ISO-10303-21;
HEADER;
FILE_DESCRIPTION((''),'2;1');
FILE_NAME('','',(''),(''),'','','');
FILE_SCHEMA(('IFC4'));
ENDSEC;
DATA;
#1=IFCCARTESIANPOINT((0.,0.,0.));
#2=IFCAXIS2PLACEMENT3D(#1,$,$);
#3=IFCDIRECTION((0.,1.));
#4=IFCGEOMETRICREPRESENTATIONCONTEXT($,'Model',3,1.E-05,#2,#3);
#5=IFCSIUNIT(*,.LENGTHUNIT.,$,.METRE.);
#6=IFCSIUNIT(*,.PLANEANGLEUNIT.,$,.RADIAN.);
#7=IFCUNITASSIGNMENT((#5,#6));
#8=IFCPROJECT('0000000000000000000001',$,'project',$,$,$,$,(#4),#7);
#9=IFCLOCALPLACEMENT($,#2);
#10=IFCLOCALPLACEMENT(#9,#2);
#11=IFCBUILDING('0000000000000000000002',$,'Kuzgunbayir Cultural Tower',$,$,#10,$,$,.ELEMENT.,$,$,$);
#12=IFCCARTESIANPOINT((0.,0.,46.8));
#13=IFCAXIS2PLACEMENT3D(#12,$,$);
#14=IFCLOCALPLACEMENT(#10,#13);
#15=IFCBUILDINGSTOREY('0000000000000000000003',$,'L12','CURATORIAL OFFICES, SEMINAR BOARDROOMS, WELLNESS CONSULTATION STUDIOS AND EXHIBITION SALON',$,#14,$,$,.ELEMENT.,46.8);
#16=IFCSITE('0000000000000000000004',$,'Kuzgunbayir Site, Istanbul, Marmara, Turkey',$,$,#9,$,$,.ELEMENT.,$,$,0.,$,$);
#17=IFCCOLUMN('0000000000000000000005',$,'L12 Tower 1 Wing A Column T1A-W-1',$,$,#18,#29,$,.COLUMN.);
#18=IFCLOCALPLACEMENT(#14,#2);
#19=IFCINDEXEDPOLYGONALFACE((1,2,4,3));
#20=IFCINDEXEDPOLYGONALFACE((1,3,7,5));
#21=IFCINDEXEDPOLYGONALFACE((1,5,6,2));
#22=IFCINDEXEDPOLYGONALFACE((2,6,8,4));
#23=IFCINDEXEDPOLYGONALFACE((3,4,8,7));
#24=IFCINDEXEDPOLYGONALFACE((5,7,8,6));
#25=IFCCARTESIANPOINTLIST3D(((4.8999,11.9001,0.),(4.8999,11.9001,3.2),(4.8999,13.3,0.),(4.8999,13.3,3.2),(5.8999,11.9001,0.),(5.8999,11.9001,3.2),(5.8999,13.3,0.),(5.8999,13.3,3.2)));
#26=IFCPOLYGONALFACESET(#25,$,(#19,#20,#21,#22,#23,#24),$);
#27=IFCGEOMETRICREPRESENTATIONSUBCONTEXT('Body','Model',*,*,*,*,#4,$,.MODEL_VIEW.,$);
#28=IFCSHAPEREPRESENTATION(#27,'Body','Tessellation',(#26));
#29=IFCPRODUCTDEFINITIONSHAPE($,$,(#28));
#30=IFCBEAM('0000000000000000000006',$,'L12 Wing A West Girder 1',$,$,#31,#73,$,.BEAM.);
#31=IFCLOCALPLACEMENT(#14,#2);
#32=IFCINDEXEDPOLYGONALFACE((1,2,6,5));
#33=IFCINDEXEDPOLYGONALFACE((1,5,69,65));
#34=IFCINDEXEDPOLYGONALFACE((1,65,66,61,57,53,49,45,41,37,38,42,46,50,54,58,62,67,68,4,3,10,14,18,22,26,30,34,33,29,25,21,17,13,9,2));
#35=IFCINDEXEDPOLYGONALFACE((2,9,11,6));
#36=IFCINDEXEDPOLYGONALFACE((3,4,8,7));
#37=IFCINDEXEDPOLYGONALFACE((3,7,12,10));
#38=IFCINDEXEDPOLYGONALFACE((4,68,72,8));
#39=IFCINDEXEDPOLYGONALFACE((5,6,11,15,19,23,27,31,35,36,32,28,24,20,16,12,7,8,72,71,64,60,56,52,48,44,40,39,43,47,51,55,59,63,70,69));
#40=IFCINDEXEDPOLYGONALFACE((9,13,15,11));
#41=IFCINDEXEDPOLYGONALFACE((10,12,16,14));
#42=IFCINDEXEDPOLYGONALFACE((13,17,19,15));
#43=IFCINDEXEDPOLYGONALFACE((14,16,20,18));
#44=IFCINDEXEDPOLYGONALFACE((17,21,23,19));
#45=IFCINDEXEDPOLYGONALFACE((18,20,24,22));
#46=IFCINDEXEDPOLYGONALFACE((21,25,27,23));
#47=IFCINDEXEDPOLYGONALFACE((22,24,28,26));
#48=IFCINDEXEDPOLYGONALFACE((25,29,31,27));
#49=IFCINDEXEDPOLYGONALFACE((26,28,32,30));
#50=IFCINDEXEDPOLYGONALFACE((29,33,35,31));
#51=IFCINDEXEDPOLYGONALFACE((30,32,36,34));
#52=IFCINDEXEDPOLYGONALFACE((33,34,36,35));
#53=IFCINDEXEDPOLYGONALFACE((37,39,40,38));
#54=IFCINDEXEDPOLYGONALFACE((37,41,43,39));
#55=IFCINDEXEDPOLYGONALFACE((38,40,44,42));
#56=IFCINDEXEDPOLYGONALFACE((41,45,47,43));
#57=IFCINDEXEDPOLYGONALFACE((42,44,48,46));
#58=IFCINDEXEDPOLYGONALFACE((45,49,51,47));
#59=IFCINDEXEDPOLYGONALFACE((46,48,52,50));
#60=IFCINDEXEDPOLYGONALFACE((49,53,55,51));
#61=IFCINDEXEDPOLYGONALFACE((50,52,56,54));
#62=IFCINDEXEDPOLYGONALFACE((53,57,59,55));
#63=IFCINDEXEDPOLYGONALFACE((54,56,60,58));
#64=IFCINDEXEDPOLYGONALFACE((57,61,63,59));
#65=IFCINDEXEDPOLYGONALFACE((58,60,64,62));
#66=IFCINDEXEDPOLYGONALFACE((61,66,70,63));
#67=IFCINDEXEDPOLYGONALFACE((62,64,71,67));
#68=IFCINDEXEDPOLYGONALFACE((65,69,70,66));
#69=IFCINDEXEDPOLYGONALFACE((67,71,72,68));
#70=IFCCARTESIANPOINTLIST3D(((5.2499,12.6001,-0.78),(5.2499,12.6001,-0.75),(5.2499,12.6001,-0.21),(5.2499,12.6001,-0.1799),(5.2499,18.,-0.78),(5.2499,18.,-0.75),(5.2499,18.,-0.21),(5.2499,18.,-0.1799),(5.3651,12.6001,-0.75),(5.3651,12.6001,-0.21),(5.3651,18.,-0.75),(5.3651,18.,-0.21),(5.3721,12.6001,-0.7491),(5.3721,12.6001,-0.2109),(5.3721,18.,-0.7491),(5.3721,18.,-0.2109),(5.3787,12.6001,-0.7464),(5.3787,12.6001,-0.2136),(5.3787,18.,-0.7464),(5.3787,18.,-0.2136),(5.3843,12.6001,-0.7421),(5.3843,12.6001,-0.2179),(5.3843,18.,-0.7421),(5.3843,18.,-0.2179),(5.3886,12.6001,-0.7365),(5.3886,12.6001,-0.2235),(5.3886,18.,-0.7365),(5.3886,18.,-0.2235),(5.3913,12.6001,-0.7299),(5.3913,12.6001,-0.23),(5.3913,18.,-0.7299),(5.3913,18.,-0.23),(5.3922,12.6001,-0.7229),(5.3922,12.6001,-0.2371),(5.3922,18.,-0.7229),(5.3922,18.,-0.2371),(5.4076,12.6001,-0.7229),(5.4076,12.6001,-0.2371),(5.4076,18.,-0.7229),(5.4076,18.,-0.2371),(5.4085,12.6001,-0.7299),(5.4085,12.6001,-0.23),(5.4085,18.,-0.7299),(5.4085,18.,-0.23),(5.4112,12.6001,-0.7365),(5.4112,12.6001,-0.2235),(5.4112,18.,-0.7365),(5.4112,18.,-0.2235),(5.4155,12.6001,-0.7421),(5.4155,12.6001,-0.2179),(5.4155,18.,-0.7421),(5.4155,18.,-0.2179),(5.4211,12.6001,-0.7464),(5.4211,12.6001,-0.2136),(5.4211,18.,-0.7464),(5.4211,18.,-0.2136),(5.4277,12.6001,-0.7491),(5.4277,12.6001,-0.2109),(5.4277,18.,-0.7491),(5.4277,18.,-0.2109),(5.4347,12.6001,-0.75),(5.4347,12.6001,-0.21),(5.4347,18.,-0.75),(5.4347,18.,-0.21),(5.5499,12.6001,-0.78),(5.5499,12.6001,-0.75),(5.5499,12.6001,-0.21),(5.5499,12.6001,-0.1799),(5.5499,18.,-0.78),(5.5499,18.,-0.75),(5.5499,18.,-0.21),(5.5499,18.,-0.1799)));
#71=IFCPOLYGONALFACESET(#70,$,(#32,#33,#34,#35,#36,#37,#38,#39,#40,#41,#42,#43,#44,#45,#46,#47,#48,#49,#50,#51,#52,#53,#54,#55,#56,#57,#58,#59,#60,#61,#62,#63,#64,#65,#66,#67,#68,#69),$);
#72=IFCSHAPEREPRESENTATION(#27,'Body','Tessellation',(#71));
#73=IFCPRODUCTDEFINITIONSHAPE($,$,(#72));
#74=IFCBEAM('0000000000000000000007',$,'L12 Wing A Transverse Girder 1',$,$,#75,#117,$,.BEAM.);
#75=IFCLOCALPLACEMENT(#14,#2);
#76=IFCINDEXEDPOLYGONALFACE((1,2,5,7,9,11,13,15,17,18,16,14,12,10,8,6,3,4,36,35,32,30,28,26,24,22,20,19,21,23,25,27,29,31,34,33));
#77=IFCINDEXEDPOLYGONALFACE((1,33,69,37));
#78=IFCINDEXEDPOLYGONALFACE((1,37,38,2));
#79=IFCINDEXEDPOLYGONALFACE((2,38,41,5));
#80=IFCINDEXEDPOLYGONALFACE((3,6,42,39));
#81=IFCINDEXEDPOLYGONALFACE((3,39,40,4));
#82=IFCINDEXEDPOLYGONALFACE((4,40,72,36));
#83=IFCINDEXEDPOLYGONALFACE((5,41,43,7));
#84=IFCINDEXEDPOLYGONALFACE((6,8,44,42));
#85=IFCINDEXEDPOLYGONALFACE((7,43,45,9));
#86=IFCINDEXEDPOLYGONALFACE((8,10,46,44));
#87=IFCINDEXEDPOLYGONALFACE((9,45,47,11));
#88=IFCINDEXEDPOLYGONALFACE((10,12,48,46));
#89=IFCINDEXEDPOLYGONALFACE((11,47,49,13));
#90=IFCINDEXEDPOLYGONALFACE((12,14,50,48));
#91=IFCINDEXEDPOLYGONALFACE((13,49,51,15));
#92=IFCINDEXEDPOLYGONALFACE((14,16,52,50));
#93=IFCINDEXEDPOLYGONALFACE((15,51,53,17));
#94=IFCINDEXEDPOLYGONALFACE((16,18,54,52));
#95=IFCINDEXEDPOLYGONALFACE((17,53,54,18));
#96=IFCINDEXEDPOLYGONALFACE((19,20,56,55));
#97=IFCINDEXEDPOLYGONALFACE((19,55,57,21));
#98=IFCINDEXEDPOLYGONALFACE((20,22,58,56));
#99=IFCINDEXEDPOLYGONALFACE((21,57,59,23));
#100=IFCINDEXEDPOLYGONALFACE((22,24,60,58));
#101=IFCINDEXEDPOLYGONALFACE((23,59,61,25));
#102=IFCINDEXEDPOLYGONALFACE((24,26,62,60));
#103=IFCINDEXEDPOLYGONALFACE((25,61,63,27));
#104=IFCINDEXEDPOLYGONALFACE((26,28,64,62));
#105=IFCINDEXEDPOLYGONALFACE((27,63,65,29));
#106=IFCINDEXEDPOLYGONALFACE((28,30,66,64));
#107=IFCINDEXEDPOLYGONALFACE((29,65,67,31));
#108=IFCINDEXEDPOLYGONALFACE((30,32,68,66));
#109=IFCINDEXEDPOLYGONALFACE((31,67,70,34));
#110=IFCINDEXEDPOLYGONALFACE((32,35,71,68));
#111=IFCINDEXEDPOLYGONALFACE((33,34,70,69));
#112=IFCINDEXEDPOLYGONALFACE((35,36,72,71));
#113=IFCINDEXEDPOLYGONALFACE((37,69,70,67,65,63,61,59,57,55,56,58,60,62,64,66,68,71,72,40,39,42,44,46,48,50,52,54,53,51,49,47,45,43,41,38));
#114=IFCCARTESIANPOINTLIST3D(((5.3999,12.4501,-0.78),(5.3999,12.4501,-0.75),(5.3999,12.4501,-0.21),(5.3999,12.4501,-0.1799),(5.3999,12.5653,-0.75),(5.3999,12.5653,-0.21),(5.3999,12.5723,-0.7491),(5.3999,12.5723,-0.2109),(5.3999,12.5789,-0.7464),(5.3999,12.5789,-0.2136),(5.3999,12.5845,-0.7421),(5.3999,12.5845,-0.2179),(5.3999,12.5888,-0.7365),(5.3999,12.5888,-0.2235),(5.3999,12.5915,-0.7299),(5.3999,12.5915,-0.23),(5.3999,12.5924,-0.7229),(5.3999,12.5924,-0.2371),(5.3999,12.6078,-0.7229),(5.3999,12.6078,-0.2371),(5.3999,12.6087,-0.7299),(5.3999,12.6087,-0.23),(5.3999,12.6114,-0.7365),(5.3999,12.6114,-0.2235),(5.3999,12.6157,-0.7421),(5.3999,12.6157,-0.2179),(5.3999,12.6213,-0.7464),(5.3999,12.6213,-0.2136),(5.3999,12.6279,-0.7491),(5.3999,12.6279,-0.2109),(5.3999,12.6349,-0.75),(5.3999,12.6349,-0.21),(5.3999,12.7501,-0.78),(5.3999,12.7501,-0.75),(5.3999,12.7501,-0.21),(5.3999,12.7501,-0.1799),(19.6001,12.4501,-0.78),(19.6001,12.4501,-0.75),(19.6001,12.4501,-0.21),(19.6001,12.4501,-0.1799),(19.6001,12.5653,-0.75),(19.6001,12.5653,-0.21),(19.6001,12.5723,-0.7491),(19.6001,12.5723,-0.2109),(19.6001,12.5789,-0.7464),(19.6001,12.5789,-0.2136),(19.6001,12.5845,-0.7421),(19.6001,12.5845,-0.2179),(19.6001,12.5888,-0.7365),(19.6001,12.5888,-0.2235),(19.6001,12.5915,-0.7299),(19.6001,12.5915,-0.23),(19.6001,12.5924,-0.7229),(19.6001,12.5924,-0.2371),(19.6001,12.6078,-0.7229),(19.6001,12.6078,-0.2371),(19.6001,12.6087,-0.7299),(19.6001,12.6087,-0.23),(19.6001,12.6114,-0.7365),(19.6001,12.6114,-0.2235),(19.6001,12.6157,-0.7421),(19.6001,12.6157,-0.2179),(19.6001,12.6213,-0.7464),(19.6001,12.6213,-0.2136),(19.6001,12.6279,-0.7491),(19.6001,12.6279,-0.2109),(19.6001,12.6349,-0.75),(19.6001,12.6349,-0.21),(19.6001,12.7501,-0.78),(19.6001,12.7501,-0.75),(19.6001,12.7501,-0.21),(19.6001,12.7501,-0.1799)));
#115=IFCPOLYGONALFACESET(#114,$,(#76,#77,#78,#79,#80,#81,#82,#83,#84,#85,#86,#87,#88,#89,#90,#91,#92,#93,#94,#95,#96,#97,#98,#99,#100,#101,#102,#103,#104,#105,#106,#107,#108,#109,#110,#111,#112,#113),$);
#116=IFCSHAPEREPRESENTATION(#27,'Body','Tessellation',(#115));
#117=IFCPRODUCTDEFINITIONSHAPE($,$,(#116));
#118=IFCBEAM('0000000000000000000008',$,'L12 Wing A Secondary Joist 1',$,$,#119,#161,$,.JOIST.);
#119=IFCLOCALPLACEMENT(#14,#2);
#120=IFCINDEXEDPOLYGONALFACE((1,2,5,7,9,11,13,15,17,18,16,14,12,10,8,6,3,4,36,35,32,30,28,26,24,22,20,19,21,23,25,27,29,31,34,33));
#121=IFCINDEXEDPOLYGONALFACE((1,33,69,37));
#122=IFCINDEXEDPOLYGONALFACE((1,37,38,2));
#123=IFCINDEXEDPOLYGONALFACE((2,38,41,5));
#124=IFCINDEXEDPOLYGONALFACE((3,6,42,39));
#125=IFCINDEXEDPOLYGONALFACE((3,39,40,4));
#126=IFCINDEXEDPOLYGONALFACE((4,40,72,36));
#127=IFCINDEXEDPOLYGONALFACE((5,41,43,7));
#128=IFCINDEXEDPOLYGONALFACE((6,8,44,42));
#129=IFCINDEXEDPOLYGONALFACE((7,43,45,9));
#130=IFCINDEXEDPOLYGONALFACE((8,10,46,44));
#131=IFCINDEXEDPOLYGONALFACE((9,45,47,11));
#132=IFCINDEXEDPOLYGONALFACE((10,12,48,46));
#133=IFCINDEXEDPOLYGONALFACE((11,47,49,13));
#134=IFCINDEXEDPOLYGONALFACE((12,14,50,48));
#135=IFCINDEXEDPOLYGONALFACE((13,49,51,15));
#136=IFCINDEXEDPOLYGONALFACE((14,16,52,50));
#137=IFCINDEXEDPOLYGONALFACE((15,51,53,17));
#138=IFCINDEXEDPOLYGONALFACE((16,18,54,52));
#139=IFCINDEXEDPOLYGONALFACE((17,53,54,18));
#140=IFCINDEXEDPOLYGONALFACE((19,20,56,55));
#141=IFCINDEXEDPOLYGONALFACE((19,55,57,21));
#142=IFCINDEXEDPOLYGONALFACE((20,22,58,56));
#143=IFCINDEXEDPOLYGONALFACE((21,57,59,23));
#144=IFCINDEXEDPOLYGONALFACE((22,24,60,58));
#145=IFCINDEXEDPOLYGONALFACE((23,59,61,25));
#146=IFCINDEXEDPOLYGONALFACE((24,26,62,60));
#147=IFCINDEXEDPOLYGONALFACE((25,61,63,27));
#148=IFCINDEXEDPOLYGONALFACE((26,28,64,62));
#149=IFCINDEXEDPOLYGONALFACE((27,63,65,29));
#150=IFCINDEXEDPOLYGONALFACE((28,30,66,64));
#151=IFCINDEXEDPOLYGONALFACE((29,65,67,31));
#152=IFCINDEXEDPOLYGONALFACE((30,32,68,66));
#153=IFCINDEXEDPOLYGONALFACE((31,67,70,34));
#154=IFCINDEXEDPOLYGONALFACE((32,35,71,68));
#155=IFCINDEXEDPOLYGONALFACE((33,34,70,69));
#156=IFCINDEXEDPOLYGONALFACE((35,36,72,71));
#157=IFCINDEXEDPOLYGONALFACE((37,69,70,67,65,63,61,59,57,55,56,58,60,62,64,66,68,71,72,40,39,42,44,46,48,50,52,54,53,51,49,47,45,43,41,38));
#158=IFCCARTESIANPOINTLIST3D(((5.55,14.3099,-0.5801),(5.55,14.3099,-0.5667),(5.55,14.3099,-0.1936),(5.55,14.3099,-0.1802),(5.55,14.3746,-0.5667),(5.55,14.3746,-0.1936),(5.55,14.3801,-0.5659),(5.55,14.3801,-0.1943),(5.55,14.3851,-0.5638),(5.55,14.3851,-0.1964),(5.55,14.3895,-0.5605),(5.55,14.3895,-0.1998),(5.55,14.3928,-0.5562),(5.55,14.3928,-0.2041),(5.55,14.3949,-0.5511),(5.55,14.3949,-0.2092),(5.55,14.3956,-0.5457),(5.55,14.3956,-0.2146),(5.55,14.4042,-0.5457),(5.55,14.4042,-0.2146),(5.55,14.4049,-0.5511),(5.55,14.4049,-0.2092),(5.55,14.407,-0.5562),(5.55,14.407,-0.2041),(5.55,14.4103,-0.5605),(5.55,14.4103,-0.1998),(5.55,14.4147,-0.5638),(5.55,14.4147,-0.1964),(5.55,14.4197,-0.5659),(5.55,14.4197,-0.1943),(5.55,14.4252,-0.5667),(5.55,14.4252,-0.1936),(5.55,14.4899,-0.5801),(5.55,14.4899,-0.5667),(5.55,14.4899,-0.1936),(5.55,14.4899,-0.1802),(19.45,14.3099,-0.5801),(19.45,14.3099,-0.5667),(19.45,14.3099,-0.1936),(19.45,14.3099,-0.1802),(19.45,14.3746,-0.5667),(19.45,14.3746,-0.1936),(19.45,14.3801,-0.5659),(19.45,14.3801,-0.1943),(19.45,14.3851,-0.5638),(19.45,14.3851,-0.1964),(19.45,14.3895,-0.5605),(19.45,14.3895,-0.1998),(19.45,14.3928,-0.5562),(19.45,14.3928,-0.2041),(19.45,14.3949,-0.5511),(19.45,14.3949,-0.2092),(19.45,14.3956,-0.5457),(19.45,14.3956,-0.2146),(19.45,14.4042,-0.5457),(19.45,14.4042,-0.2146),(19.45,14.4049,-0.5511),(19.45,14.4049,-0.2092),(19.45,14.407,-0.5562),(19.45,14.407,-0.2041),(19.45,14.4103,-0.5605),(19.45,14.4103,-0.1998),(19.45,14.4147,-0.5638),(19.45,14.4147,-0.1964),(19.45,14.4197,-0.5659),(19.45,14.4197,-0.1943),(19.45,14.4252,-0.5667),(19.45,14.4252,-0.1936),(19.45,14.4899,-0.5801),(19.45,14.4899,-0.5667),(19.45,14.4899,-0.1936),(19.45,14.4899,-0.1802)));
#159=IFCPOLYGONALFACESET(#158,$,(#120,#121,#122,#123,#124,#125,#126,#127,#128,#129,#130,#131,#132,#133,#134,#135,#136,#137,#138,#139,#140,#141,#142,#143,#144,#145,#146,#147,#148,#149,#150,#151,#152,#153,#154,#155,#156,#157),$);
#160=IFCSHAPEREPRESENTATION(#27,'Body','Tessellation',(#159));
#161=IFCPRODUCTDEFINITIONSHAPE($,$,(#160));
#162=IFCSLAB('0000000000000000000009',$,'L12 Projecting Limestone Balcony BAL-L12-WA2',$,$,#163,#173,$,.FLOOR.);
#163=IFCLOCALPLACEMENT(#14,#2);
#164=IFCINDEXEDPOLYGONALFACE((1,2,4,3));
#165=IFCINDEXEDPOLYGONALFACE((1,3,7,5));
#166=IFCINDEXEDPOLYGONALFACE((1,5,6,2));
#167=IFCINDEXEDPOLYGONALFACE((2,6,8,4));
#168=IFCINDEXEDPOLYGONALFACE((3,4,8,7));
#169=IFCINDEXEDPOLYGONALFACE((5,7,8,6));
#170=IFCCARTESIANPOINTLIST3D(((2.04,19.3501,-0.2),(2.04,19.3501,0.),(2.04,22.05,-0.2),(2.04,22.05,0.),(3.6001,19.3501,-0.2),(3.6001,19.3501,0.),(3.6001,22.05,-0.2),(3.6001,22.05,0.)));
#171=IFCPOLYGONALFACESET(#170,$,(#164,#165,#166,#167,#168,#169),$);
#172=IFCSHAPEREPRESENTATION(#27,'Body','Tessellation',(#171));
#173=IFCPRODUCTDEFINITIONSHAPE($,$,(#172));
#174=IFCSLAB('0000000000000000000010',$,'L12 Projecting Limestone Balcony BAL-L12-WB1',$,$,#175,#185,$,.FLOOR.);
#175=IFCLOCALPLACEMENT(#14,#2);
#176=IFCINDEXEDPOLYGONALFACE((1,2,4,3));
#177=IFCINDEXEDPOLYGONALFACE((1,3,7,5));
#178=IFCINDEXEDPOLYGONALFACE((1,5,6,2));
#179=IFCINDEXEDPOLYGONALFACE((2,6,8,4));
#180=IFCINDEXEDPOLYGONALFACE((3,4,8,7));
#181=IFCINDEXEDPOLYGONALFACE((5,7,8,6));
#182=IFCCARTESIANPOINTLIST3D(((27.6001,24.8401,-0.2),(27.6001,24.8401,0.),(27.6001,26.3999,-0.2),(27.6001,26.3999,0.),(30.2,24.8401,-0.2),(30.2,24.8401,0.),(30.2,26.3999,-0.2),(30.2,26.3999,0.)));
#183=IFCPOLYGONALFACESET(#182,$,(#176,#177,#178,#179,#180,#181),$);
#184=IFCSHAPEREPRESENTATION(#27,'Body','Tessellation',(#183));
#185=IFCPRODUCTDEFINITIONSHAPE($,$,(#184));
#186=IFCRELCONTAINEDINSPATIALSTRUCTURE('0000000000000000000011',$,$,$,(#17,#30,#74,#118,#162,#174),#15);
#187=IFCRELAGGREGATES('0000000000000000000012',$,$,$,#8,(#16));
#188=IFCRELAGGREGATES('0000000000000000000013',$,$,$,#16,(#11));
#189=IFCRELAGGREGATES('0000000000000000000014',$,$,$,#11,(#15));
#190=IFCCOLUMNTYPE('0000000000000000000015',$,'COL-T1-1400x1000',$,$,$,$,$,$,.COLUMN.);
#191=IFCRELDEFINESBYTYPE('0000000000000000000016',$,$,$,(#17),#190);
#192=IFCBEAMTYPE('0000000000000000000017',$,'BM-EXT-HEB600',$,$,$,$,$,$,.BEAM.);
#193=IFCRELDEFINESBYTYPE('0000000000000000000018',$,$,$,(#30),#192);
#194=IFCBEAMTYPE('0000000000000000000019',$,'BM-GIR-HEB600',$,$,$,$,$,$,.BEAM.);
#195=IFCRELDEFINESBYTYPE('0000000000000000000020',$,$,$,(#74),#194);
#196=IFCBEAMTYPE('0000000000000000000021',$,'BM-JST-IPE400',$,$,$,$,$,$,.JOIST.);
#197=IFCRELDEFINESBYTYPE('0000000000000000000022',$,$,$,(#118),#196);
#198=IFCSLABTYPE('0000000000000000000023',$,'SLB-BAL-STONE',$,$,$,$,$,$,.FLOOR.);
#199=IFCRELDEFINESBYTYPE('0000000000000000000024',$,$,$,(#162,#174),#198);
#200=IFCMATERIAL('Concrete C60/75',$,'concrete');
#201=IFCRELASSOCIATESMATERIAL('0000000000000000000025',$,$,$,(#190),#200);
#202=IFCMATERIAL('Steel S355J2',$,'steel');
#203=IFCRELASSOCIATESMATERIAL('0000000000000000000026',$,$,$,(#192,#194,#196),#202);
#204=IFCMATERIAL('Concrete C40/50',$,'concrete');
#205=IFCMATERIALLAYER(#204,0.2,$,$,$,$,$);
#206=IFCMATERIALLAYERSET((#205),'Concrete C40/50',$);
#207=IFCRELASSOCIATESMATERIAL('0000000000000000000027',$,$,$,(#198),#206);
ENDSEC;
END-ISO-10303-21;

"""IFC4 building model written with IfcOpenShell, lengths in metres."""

from ifc_helpers import new_model, si_unit, direction, frame, origin, origin_2d, place, context, subcontext, project, spatial, polyline, rectangle, i_section, outline, extrude, material, layer, layer_set, material_profile, profile_set, type_object, element, save


model = new_model("IFC4")

# Units and contexts
model_context = context("Model", 3, precision=1e-05, world=origin(), true_north=direction((0.0, 1.0)))
body_context = subcontext(model_context, "Body", "Model", "MODEL_VIEW")
ifc_project = project(units=[si_unit("LENGTHUNIT", "METRE"), si_unit("PLANEANGLEUNIT", "RADIAN")], contexts=[model_context])

# Site, building, storey
site_placement = place(None, origin())
site = spatial("IfcSite", under=ifc_project, at=site_placement, Name="Kuzgunbayir Site, Istanbul, Marmara, Turkey", CompositionType="ELEMENT", RefElevation=0.0)
building_placement = place(site_placement, origin())
building = spatial("IfcBuilding", under=site, at=building_placement, Name="Kuzgunbayir Cultural Tower", CompositionType="ELEMENT")
storey_placement = place(building_placement, frame((0.0, 0.0, 46.8)))
storey = spatial("IfcBuildingStorey", under=building, at=storey_placement, Name="L12", Description="CURATORIAL OFFICES, SEMINAR BOARDROOMS, WELLNESS CONSULTATION STUDIOS AND EXHIBITION SALON", CompositionType="ELEMENT", Elevation=46.8)

# Column
ifc_material_1 = material(Name="Concrete C60/75", Category="concrete")
ifc_material_profile_1 = material_profile(ifc_material_1, rectangle(XDim=1.0, YDim=1.3999, at=origin_2d()), Name="RC 1400x1000")
ifc_profile_set_1 = profile_set([ifc_material_profile_1], Name="Concrete C60/75")
column_type = type_object("IfcColumnType", Name="COL-T1-1400x1000", PredefinedType="COLUMN", material=ifc_profile_set_1)
column_placement = place(storey_placement, frame((5.3999, 12.6001, 0.0), z_axis=(0.0, 0.0, 1.0), x_axis=(1.0, 0.0, 0.0)))
element("IfcColumn", 1, at=column_placement, inside=storey, type_object=column_type, Name="L12 Tower 1 Wing A Column T1A-W-1", PredefinedType="COLUMN", context=body_context, shape_type="SweptSolid", body=[
    extrude(rectangle(XDim=1.0, YDim=1.3999, at=origin_2d()), origin(), (0.0, 0.0, 1.0), 3.2),
])

# Beams
ifc_material_2 = material(Name="Steel S355J2", Category="steel")
ifc_material_profile_2 = material_profile(ifc_material_2, i_section(OverallWidth=0.3, OverallDepth=0.6001, WebThickness=0.0154, FlangeThickness=0.03, FilletRadius=0.0271, at=origin_2d()), Name="HEB 600")
ifc_profile_set_2 = profile_set([ifc_material_profile_2], Name="Steel S355J2")
beam_type_1 = type_object("IfcBeamType", Name="BM-EXT-HEB600", PredefinedType="BEAM", material=ifc_profile_set_2)
beam_1_placement = place(storey_placement, frame((5.3999, 12.6001, -0.48), z_axis=(0.0, 1.0, 0.0), x_axis=(-1.0, 0.0, 0.0)))
element("IfcBeam", 2, at=beam_1_placement, inside=storey, type_object=beam_type_1, Name="L12 Wing A West Girder 1", PredefinedType="BEAM", context=body_context, shape_type="SweptSolid", body=[
    extrude(i_section(OverallWidth=0.3, OverallDepth=0.6001, WebThickness=0.0154, FlangeThickness=0.03, FilletRadius=0.0271, at=origin_2d()), origin(), (0.0, 0.0, 1.0), 5.3999),
])
ifc_material_profile_3 = material_profile(ifc_material_2, i_section(OverallWidth=0.3, OverallDepth=0.6001, WebThickness=0.0154, FlangeThickness=0.03, FilletRadius=0.0271, at=origin_2d()), Name="HEB 600")
ifc_profile_set_3 = profile_set([ifc_material_profile_3], Name="Steel S355J2")
beam_type_2 = type_object("IfcBeamType", Name="BM-GIR-HEB600", PredefinedType="BEAM", material=ifc_profile_set_3)
beam_2_placement = place(storey_placement, frame((5.3999, 12.6001, -0.48), z_axis=(1.0, 0.0, 0.0), x_axis=(0.0, 1.0, 0.0)))
element("IfcBeam", 3, at=beam_2_placement, inside=storey, type_object=beam_type_2, Name="L12 Wing A Transverse Girder 1", PredefinedType="BEAM", context=body_context, shape_type="SweptSolid", body=[
    extrude(i_section(OverallWidth=0.3, OverallDepth=0.6001, WebThickness=0.0154, FlangeThickness=0.03, FilletRadius=0.0271, at=origin_2d()), origin(), (0.0, 0.0, 1.0), 14.2002),
])
ifc_material_profile_4 = material_profile(ifc_material_2, i_section(OverallWidth=0.1799, OverallDepth=0.3999, WebThickness=0.0085, FlangeThickness=0.0134, FilletRadius=0.021, at=origin_2d()), Name="IPE 400")
ifc_profile_set_4 = profile_set([ifc_material_profile_4], Name="Steel S355J2")
beam_type_3 = type_object("IfcBeamType", Name="BM-JST-IPE400", PredefinedType="JOIST", material=ifc_profile_set_4)
beam_3_placement = place(storey_placement, frame((5.55, 14.3999, -0.3801), z_axis=(1.0, 0.0, 0.0), x_axis=(0.0, 1.0, 0.0)))
element("IfcBeam", 4, at=beam_3_placement, inside=storey, type_object=beam_type_3, Name="L12 Wing A Secondary Joist 1", PredefinedType="JOIST", context=body_context, shape_type="SweptSolid", body=[
    extrude(i_section(OverallWidth=0.1799, OverallDepth=0.3999, WebThickness=0.0085, FlangeThickness=0.0134, FilletRadius=0.021, at=origin_2d()), origin(), (0.0, 0.0, 1.0), 13.8999),
])

# Slabs
ifc_material_3 = material(Name="Concrete C40/50", Category="concrete")
ifc_layer_1 = layer(ifc_material_3, 0.2)
ifc_layer_set_1 = layer_set([ifc_layer_1], Name="Concrete C40/50")
slab_type_1 = type_object("IfcSlabType", Name="SLB-BAL-STONE", PredefinedType="FLOOR", material=ifc_layer_set_1)
slab_1_placement = place(storey_placement, frame((0.0, 0.0, -0.2)))
element("IfcSlab", 5, at=slab_1_placement, inside=storey, type_object=slab_type_1, Name="L12 Projecting Limestone Balcony BAL-L12-WA2", PredefinedType="FLOOR", context=body_context, shape_type="SweptSolid", body=[
    extrude(outline(polyline([(2.04, 19.3501), (3.6001, 19.3501), (3.6001, 22.05), (2.04, 22.05), (2.04, 19.3501)])), origin(), (0.0, 0.0, 1.0), 0.2),
])
slab_2_placement = place(storey_placement, frame((0.0, 0.0, -0.2)))
element("IfcSlab", 6, at=slab_2_placement, inside=storey, type_object=slab_type_1, Name="L12 Projecting Limestone Balcony BAL-L12-WB1", PredefinedType="FLOOR", context=body_context, shape_type="SweptSolid", body=[
    extrude(outline(polyline([(27.6001, 24.8401), (30.2, 24.8401), (30.2, 26.3999), (27.6001, 26.3999), (27.6001, 24.8401)])), origin(), (0.0, 0.0, 1.0), 0.2),
])

save(model, "model.ifc")
